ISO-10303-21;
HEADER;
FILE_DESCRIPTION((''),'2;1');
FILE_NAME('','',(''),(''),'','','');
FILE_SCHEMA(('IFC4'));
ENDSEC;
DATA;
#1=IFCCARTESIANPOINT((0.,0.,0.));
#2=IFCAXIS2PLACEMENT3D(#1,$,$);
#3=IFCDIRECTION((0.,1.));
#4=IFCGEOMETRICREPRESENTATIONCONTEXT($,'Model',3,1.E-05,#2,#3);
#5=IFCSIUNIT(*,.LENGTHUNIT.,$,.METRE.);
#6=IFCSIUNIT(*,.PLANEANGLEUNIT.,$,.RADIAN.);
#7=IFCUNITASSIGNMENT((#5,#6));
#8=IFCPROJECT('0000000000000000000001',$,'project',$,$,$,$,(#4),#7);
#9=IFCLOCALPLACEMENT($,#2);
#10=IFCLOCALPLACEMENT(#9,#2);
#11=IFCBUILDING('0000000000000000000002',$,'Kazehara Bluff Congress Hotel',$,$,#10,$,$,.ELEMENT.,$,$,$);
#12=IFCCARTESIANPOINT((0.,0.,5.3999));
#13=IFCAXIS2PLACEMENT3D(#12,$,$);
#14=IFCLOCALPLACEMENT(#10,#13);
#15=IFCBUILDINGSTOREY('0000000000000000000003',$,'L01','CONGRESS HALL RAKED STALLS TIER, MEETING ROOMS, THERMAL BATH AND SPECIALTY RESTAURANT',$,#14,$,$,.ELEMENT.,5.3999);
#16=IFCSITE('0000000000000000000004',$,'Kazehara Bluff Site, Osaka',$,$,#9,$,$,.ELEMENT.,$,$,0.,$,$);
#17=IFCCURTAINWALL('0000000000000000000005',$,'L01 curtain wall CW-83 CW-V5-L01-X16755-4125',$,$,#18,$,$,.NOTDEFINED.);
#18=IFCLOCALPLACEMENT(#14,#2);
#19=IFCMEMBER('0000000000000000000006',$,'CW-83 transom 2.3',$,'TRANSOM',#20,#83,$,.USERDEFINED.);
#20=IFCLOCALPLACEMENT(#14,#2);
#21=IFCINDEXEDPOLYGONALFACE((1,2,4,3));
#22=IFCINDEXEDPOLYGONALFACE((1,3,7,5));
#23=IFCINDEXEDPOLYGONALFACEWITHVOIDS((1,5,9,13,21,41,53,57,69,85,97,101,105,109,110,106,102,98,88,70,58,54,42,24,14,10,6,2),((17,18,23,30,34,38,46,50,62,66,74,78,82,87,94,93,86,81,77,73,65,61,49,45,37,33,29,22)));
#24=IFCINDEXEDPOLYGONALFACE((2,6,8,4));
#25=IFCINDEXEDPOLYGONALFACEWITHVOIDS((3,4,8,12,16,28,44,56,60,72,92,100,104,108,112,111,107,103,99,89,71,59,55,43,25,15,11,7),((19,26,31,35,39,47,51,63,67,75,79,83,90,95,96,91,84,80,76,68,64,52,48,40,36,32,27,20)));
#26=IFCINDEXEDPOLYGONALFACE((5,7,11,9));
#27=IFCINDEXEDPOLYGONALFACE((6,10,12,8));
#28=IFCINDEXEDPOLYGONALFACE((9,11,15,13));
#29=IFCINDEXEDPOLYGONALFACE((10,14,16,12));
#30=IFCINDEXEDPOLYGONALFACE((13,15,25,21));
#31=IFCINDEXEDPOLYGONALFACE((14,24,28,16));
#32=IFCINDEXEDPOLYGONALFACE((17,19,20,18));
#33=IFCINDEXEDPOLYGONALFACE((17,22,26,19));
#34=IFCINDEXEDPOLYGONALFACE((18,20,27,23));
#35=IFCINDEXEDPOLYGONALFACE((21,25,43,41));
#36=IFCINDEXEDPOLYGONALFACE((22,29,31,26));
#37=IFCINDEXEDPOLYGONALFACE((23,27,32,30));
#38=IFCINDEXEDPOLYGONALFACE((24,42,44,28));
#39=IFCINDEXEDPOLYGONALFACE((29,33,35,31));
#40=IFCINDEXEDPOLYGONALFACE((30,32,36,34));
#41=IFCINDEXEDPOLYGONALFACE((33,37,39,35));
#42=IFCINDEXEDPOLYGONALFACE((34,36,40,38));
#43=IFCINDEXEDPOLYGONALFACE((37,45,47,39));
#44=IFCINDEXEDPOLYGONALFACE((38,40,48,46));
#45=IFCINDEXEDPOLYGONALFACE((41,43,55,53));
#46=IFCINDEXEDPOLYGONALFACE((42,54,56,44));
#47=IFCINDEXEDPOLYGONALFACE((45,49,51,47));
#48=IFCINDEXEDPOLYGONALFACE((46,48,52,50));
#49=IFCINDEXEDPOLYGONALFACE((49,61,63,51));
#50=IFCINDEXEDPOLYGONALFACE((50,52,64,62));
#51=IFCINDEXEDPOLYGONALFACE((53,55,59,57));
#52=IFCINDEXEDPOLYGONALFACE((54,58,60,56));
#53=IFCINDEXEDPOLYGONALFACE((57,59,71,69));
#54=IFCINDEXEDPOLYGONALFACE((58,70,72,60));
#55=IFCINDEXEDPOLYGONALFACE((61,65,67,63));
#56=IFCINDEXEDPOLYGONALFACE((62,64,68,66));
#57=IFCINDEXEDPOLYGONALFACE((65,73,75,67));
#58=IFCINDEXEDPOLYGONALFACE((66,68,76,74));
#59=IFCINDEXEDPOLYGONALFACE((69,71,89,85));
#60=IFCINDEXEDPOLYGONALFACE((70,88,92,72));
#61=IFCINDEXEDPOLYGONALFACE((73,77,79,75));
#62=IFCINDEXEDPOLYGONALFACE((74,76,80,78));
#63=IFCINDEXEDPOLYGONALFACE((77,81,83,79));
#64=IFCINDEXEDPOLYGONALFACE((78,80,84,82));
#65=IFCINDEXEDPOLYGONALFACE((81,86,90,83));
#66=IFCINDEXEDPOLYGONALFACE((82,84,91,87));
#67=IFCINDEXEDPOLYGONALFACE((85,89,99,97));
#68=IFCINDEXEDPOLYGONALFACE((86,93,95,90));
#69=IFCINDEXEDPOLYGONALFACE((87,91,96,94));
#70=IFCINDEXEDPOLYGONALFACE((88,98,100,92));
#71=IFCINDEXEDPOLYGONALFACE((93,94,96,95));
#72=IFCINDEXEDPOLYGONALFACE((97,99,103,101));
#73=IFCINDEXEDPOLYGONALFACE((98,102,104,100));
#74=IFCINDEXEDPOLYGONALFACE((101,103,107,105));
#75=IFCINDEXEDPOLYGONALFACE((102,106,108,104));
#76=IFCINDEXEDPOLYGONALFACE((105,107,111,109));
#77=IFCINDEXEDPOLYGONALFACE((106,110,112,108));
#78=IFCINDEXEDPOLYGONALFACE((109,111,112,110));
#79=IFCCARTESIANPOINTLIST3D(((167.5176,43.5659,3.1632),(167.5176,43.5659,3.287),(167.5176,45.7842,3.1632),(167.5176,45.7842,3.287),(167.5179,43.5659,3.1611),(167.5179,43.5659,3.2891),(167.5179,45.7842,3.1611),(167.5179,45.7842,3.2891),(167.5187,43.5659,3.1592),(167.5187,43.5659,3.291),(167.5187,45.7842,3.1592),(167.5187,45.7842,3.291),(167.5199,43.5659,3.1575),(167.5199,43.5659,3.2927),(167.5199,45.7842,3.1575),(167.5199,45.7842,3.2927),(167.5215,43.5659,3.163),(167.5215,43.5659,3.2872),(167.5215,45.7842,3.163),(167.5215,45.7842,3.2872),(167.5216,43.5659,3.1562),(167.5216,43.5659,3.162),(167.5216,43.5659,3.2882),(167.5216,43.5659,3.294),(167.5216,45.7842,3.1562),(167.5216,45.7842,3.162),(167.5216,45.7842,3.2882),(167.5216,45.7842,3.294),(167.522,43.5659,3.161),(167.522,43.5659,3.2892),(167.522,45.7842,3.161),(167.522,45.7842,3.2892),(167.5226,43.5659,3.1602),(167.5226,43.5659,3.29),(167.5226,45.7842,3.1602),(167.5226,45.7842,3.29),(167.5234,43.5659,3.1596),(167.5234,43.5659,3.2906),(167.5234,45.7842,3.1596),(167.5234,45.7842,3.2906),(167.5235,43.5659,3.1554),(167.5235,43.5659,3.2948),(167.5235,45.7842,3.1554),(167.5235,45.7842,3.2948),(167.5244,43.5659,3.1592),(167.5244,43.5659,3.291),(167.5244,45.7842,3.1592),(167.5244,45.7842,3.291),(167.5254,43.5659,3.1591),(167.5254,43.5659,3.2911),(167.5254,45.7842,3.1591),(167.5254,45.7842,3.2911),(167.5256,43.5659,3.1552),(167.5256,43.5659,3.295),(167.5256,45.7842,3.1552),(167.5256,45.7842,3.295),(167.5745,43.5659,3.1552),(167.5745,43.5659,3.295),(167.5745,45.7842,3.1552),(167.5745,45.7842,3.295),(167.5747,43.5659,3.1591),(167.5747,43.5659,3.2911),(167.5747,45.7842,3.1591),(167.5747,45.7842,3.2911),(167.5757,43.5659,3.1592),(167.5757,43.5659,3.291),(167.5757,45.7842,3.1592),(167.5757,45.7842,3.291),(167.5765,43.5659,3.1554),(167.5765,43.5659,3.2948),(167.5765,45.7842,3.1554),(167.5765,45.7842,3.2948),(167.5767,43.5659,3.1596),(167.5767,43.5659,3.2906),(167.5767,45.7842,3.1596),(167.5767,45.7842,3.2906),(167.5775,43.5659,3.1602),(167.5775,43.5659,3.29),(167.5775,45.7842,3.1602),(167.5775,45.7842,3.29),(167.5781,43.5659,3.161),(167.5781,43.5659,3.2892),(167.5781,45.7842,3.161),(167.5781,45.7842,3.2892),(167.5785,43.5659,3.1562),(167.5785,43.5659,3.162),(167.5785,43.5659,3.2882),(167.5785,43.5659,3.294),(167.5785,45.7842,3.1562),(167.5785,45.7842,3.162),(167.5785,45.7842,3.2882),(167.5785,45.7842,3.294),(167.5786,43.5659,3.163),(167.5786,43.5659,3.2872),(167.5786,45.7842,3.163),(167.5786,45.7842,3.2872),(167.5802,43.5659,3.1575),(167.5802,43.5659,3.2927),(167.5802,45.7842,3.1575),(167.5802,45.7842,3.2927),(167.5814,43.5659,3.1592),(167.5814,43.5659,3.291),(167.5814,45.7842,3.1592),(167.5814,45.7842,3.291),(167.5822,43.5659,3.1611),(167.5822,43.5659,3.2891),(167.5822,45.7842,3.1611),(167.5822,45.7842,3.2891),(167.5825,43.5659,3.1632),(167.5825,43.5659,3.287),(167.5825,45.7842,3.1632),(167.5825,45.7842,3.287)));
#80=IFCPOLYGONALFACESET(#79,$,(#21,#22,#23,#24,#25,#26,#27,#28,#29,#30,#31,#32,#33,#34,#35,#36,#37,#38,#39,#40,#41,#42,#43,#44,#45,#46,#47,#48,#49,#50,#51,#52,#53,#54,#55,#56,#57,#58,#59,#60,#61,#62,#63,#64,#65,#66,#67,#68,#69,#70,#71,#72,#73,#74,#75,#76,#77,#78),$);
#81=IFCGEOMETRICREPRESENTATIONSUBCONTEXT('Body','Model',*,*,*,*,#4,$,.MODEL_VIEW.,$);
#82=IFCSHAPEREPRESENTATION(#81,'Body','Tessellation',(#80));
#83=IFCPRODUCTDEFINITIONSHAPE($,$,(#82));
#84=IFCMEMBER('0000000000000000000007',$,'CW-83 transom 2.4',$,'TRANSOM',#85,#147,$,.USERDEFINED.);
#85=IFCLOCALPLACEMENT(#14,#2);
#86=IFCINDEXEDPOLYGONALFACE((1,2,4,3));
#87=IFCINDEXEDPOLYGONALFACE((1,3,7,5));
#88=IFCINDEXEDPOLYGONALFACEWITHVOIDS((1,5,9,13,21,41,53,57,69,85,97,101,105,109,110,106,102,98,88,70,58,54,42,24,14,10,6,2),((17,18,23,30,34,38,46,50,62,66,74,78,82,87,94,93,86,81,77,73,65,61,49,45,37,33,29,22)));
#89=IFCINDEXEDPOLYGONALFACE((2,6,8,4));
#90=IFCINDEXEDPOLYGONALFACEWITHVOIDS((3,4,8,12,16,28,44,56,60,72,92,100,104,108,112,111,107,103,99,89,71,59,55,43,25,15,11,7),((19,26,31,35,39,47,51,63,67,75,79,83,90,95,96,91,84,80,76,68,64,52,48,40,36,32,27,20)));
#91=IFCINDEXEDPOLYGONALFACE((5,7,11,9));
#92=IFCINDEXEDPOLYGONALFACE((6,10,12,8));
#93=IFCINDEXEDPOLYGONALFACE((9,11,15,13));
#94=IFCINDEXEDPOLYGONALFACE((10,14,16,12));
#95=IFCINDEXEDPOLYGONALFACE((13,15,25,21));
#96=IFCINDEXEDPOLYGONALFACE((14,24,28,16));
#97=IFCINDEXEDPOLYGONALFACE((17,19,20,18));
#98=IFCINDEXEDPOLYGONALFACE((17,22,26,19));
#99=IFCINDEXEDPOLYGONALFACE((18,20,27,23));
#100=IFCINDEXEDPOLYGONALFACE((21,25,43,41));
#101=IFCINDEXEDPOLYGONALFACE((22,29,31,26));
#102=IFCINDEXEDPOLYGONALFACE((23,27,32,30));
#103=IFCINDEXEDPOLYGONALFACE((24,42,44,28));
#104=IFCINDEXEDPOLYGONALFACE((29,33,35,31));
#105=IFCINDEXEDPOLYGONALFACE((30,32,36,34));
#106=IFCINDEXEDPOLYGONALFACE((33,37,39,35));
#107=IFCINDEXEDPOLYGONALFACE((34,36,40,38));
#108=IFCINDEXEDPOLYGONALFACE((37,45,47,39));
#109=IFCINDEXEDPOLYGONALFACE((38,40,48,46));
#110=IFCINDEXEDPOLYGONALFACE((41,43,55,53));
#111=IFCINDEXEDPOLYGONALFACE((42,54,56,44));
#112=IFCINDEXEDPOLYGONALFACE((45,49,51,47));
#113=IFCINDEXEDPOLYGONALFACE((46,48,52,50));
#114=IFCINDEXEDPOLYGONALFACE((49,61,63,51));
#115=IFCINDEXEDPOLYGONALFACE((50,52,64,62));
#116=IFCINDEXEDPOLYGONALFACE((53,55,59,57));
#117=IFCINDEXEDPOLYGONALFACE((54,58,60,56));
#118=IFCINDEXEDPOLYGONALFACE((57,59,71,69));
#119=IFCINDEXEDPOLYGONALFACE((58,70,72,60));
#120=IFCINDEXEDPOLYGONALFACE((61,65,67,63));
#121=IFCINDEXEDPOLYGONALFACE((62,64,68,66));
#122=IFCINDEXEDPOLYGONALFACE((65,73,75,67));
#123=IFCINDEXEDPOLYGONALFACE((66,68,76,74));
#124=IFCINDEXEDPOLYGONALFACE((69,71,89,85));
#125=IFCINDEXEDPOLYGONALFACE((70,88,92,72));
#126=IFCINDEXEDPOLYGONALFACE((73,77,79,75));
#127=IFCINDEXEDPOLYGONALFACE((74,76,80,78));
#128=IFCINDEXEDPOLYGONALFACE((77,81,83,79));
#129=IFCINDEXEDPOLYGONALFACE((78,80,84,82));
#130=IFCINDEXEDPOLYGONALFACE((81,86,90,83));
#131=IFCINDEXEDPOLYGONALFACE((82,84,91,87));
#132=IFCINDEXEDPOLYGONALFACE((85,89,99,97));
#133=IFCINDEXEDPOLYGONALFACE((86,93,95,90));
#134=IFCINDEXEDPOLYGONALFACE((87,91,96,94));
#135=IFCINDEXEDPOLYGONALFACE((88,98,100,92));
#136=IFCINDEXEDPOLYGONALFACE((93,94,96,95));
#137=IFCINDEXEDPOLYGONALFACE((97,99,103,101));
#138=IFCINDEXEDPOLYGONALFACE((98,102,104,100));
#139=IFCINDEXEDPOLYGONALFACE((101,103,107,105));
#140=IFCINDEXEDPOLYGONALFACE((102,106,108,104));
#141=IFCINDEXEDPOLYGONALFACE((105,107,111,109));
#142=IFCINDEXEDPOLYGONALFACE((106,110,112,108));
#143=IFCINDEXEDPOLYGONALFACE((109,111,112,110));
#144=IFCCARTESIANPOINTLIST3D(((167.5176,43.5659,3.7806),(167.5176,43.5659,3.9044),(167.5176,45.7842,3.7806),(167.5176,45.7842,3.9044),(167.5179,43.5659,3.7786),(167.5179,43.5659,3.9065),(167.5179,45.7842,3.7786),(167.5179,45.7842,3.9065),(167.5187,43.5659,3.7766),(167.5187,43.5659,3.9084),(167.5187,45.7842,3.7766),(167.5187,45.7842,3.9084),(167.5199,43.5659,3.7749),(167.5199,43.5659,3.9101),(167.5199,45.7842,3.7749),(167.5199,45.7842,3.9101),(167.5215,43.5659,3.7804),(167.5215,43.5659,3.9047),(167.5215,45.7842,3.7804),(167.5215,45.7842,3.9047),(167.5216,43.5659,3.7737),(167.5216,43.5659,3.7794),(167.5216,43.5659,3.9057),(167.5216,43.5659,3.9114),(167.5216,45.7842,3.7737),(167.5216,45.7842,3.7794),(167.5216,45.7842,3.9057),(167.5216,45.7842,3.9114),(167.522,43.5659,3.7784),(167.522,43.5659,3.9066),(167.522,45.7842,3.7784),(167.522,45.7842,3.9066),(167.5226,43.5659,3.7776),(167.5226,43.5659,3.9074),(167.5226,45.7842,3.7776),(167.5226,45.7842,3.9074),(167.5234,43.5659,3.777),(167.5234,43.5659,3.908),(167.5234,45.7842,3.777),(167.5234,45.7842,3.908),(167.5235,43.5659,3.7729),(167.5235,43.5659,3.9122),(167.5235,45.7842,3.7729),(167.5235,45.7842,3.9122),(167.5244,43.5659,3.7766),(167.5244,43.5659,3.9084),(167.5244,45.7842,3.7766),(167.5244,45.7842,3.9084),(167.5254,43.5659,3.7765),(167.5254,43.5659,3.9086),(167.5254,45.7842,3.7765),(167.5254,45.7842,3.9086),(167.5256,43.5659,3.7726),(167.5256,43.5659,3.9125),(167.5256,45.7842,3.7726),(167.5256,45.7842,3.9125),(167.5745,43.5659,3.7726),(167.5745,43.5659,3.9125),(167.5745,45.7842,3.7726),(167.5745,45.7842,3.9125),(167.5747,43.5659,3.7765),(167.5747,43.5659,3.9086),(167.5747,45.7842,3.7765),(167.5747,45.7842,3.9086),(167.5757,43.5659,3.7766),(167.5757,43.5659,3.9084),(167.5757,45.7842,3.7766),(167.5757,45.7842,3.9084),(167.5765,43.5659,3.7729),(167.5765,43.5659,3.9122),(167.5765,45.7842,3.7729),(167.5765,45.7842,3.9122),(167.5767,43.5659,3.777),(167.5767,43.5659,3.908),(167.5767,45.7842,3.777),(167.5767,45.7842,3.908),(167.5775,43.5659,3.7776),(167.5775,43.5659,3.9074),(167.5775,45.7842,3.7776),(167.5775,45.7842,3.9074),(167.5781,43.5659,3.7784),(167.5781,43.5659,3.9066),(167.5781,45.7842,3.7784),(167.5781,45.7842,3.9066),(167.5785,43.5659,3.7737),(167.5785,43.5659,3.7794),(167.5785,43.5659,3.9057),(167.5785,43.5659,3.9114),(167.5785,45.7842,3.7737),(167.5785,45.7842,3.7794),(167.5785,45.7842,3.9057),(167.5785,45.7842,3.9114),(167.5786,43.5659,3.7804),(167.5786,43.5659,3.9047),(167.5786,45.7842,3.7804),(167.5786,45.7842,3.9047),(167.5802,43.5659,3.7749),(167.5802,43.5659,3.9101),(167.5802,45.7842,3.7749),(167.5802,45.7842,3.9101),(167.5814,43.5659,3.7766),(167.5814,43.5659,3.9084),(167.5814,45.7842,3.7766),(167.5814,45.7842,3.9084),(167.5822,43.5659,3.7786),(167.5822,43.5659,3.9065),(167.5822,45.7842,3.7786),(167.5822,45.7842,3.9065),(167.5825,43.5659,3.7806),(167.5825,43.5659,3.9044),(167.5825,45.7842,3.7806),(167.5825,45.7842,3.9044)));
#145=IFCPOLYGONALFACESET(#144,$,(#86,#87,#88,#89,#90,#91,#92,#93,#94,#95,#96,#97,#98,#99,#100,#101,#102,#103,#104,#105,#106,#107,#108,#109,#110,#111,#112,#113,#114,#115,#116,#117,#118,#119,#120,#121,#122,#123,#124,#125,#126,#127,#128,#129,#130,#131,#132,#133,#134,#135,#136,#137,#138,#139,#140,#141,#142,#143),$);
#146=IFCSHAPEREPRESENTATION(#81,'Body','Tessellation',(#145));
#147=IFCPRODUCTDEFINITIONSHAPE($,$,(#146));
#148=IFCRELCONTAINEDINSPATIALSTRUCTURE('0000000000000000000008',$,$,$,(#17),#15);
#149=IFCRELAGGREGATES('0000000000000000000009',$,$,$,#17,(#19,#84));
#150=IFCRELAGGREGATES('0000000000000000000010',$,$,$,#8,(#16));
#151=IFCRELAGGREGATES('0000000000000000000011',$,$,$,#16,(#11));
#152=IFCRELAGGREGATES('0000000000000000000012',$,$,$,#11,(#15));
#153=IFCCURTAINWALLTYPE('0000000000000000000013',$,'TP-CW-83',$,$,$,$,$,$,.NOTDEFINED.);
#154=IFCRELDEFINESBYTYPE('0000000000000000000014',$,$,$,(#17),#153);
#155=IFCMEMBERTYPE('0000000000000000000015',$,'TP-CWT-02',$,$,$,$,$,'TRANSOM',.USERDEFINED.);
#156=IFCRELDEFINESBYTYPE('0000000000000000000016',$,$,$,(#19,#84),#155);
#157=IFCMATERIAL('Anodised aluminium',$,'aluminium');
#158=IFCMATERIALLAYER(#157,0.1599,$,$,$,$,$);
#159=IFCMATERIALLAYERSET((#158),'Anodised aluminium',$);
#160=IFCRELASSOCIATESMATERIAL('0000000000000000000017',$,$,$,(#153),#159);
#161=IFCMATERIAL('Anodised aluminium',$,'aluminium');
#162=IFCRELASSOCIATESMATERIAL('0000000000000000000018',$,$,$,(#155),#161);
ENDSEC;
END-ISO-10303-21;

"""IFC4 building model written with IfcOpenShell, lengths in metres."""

from ifc_helpers import new_model, si_unit, direction, frame, origin, origin_2d, place, context, subcontext, project, spatial, hollow_rectangle, extrude, material, layer, layer_set, material_profile, profile_set, type_object, element, aggregate, save


model = new_model("IFC4")

# Units and contexts
model_context = context("Model", 3, precision=1e-05, world=origin(), true_north=direction((0.0, 1.0)))
body_context = subcontext(model_context, "Body", "Model", "MODEL_VIEW")
ifc_project = project(units=[si_unit("LENGTHUNIT", "METRE"), si_unit("PLANEANGLEUNIT", "RADIAN")], contexts=[model_context])

# Site, building, storey
site_placement = place(None, origin())
site = spatial("IfcSite", under=ifc_project, at=site_placement, Name="Kazehara Bluff Site, Osaka", CompositionType="ELEMENT", RefElevation=0.0)
building_placement = place(site_placement, origin())
building = spatial("IfcBuilding", under=site, at=building_placement, Name="Kazehara Bluff Congress Hotel", CompositionType="ELEMENT")
storey_placement = place(building_placement, frame((0.0, 0.0, 5.3999)))
storey = spatial("IfcBuildingStorey", under=building, at=storey_placement, Name="L01", Description="CONGRESS HALL RAKED STALLS TIER, MEETING ROOMS, THERMAL BATH AND SPECIALTY RESTAURANT", CompositionType="ELEMENT", Elevation=5.3999)

# Curtain wall
ifc_material_1 = material(Name="Anodised aluminium", Category="aluminium")
ifc_layer_1 = layer(ifc_material_1, 0.1599)
ifc_layer_set_1 = layer_set([ifc_layer_1], Name="Anodised aluminium")
curtain_wall_type_1 = type_object("IfcCurtainWallType", Name="TP-CW-83", PredefinedType="NOTDEFINED", material=ifc_layer_set_1)
curtain_wall_1_placement = place(storey_placement, origin())
curtain_wall_1 = element("IfcCurtainWall", 1, at=curtain_wall_1_placement, inside=storey, type_object=curtain_wall_type_1, Name="L01 curtain wall CW-83 CW-V5-L01-X16755-4125", PredefinedType="NOTDEFINED")

# Members
ifc_material_2 = material(Name="Anodised aluminium", Category="aluminium")
ifc_material_profile_1 = material_profile(ifc_material_2, hollow_rectangle(XDim=0.0649, YDim=0.1399, WallThickness=0.0039, InnerFilletRadius=0.0039, OuterFilletRadius=0.0081, at=origin_2d()))
ifc_profile_set_1 = profile_set([ifc_material_profile_1], Name="Anodised aluminium")
member_type_1 = type_object("IfcMemberType", Name="TP-CWT-02", ElementType="TRANSOM", PredefinedType="USERDEFINED", material=ifc_profile_set_1)
member_1_placement = place(storey_placement, frame((167.55, 43.5659, 3.2251), z_axis=(0.0, 1.0, 0.0), x_axis=(-1.0, 0.0, 0.0)))
member_1 = element("IfcMember", 2, at=member_1_placement, type_object=member_type_1, Name="CW-83 transom 2.3", ObjectType="TRANSOM", PredefinedType="USERDEFINED", context=body_context, shape_type="SweptSolid", body=[
    extrude(hollow_rectangle(XDim=0.0649, YDim=0.1399, WallThickness=0.0039, InnerFilletRadius=0.0039, OuterFilletRadius=0.0081, at=origin_2d()), origin(), (0.0, 0.0, 1.0), 2.2183),
])
member_2_placement = place(storey_placement, frame((167.55, 43.5659, 3.8425), z_axis=(0.0, 1.0, 0.0), x_axis=(-1.0, 0.0, 0.0)))
member_2 = element("IfcMember", 3, at=member_2_placement, type_object=member_type_1, Name="CW-83 transom 2.4", ObjectType="TRANSOM", PredefinedType="USERDEFINED", context=body_context, shape_type="SweptSolid", body=[
    extrude(hollow_rectangle(XDim=0.0649, YDim=0.1399, WallThickness=0.0039, InnerFilletRadius=0.0039, OuterFilletRadius=0.0081, at=origin_2d()), origin(), (0.0, 0.0, 1.0), 2.2183),
])

aggregate(curtain_wall_1, [member_1, member_2])

save(model, "model.ifc")
